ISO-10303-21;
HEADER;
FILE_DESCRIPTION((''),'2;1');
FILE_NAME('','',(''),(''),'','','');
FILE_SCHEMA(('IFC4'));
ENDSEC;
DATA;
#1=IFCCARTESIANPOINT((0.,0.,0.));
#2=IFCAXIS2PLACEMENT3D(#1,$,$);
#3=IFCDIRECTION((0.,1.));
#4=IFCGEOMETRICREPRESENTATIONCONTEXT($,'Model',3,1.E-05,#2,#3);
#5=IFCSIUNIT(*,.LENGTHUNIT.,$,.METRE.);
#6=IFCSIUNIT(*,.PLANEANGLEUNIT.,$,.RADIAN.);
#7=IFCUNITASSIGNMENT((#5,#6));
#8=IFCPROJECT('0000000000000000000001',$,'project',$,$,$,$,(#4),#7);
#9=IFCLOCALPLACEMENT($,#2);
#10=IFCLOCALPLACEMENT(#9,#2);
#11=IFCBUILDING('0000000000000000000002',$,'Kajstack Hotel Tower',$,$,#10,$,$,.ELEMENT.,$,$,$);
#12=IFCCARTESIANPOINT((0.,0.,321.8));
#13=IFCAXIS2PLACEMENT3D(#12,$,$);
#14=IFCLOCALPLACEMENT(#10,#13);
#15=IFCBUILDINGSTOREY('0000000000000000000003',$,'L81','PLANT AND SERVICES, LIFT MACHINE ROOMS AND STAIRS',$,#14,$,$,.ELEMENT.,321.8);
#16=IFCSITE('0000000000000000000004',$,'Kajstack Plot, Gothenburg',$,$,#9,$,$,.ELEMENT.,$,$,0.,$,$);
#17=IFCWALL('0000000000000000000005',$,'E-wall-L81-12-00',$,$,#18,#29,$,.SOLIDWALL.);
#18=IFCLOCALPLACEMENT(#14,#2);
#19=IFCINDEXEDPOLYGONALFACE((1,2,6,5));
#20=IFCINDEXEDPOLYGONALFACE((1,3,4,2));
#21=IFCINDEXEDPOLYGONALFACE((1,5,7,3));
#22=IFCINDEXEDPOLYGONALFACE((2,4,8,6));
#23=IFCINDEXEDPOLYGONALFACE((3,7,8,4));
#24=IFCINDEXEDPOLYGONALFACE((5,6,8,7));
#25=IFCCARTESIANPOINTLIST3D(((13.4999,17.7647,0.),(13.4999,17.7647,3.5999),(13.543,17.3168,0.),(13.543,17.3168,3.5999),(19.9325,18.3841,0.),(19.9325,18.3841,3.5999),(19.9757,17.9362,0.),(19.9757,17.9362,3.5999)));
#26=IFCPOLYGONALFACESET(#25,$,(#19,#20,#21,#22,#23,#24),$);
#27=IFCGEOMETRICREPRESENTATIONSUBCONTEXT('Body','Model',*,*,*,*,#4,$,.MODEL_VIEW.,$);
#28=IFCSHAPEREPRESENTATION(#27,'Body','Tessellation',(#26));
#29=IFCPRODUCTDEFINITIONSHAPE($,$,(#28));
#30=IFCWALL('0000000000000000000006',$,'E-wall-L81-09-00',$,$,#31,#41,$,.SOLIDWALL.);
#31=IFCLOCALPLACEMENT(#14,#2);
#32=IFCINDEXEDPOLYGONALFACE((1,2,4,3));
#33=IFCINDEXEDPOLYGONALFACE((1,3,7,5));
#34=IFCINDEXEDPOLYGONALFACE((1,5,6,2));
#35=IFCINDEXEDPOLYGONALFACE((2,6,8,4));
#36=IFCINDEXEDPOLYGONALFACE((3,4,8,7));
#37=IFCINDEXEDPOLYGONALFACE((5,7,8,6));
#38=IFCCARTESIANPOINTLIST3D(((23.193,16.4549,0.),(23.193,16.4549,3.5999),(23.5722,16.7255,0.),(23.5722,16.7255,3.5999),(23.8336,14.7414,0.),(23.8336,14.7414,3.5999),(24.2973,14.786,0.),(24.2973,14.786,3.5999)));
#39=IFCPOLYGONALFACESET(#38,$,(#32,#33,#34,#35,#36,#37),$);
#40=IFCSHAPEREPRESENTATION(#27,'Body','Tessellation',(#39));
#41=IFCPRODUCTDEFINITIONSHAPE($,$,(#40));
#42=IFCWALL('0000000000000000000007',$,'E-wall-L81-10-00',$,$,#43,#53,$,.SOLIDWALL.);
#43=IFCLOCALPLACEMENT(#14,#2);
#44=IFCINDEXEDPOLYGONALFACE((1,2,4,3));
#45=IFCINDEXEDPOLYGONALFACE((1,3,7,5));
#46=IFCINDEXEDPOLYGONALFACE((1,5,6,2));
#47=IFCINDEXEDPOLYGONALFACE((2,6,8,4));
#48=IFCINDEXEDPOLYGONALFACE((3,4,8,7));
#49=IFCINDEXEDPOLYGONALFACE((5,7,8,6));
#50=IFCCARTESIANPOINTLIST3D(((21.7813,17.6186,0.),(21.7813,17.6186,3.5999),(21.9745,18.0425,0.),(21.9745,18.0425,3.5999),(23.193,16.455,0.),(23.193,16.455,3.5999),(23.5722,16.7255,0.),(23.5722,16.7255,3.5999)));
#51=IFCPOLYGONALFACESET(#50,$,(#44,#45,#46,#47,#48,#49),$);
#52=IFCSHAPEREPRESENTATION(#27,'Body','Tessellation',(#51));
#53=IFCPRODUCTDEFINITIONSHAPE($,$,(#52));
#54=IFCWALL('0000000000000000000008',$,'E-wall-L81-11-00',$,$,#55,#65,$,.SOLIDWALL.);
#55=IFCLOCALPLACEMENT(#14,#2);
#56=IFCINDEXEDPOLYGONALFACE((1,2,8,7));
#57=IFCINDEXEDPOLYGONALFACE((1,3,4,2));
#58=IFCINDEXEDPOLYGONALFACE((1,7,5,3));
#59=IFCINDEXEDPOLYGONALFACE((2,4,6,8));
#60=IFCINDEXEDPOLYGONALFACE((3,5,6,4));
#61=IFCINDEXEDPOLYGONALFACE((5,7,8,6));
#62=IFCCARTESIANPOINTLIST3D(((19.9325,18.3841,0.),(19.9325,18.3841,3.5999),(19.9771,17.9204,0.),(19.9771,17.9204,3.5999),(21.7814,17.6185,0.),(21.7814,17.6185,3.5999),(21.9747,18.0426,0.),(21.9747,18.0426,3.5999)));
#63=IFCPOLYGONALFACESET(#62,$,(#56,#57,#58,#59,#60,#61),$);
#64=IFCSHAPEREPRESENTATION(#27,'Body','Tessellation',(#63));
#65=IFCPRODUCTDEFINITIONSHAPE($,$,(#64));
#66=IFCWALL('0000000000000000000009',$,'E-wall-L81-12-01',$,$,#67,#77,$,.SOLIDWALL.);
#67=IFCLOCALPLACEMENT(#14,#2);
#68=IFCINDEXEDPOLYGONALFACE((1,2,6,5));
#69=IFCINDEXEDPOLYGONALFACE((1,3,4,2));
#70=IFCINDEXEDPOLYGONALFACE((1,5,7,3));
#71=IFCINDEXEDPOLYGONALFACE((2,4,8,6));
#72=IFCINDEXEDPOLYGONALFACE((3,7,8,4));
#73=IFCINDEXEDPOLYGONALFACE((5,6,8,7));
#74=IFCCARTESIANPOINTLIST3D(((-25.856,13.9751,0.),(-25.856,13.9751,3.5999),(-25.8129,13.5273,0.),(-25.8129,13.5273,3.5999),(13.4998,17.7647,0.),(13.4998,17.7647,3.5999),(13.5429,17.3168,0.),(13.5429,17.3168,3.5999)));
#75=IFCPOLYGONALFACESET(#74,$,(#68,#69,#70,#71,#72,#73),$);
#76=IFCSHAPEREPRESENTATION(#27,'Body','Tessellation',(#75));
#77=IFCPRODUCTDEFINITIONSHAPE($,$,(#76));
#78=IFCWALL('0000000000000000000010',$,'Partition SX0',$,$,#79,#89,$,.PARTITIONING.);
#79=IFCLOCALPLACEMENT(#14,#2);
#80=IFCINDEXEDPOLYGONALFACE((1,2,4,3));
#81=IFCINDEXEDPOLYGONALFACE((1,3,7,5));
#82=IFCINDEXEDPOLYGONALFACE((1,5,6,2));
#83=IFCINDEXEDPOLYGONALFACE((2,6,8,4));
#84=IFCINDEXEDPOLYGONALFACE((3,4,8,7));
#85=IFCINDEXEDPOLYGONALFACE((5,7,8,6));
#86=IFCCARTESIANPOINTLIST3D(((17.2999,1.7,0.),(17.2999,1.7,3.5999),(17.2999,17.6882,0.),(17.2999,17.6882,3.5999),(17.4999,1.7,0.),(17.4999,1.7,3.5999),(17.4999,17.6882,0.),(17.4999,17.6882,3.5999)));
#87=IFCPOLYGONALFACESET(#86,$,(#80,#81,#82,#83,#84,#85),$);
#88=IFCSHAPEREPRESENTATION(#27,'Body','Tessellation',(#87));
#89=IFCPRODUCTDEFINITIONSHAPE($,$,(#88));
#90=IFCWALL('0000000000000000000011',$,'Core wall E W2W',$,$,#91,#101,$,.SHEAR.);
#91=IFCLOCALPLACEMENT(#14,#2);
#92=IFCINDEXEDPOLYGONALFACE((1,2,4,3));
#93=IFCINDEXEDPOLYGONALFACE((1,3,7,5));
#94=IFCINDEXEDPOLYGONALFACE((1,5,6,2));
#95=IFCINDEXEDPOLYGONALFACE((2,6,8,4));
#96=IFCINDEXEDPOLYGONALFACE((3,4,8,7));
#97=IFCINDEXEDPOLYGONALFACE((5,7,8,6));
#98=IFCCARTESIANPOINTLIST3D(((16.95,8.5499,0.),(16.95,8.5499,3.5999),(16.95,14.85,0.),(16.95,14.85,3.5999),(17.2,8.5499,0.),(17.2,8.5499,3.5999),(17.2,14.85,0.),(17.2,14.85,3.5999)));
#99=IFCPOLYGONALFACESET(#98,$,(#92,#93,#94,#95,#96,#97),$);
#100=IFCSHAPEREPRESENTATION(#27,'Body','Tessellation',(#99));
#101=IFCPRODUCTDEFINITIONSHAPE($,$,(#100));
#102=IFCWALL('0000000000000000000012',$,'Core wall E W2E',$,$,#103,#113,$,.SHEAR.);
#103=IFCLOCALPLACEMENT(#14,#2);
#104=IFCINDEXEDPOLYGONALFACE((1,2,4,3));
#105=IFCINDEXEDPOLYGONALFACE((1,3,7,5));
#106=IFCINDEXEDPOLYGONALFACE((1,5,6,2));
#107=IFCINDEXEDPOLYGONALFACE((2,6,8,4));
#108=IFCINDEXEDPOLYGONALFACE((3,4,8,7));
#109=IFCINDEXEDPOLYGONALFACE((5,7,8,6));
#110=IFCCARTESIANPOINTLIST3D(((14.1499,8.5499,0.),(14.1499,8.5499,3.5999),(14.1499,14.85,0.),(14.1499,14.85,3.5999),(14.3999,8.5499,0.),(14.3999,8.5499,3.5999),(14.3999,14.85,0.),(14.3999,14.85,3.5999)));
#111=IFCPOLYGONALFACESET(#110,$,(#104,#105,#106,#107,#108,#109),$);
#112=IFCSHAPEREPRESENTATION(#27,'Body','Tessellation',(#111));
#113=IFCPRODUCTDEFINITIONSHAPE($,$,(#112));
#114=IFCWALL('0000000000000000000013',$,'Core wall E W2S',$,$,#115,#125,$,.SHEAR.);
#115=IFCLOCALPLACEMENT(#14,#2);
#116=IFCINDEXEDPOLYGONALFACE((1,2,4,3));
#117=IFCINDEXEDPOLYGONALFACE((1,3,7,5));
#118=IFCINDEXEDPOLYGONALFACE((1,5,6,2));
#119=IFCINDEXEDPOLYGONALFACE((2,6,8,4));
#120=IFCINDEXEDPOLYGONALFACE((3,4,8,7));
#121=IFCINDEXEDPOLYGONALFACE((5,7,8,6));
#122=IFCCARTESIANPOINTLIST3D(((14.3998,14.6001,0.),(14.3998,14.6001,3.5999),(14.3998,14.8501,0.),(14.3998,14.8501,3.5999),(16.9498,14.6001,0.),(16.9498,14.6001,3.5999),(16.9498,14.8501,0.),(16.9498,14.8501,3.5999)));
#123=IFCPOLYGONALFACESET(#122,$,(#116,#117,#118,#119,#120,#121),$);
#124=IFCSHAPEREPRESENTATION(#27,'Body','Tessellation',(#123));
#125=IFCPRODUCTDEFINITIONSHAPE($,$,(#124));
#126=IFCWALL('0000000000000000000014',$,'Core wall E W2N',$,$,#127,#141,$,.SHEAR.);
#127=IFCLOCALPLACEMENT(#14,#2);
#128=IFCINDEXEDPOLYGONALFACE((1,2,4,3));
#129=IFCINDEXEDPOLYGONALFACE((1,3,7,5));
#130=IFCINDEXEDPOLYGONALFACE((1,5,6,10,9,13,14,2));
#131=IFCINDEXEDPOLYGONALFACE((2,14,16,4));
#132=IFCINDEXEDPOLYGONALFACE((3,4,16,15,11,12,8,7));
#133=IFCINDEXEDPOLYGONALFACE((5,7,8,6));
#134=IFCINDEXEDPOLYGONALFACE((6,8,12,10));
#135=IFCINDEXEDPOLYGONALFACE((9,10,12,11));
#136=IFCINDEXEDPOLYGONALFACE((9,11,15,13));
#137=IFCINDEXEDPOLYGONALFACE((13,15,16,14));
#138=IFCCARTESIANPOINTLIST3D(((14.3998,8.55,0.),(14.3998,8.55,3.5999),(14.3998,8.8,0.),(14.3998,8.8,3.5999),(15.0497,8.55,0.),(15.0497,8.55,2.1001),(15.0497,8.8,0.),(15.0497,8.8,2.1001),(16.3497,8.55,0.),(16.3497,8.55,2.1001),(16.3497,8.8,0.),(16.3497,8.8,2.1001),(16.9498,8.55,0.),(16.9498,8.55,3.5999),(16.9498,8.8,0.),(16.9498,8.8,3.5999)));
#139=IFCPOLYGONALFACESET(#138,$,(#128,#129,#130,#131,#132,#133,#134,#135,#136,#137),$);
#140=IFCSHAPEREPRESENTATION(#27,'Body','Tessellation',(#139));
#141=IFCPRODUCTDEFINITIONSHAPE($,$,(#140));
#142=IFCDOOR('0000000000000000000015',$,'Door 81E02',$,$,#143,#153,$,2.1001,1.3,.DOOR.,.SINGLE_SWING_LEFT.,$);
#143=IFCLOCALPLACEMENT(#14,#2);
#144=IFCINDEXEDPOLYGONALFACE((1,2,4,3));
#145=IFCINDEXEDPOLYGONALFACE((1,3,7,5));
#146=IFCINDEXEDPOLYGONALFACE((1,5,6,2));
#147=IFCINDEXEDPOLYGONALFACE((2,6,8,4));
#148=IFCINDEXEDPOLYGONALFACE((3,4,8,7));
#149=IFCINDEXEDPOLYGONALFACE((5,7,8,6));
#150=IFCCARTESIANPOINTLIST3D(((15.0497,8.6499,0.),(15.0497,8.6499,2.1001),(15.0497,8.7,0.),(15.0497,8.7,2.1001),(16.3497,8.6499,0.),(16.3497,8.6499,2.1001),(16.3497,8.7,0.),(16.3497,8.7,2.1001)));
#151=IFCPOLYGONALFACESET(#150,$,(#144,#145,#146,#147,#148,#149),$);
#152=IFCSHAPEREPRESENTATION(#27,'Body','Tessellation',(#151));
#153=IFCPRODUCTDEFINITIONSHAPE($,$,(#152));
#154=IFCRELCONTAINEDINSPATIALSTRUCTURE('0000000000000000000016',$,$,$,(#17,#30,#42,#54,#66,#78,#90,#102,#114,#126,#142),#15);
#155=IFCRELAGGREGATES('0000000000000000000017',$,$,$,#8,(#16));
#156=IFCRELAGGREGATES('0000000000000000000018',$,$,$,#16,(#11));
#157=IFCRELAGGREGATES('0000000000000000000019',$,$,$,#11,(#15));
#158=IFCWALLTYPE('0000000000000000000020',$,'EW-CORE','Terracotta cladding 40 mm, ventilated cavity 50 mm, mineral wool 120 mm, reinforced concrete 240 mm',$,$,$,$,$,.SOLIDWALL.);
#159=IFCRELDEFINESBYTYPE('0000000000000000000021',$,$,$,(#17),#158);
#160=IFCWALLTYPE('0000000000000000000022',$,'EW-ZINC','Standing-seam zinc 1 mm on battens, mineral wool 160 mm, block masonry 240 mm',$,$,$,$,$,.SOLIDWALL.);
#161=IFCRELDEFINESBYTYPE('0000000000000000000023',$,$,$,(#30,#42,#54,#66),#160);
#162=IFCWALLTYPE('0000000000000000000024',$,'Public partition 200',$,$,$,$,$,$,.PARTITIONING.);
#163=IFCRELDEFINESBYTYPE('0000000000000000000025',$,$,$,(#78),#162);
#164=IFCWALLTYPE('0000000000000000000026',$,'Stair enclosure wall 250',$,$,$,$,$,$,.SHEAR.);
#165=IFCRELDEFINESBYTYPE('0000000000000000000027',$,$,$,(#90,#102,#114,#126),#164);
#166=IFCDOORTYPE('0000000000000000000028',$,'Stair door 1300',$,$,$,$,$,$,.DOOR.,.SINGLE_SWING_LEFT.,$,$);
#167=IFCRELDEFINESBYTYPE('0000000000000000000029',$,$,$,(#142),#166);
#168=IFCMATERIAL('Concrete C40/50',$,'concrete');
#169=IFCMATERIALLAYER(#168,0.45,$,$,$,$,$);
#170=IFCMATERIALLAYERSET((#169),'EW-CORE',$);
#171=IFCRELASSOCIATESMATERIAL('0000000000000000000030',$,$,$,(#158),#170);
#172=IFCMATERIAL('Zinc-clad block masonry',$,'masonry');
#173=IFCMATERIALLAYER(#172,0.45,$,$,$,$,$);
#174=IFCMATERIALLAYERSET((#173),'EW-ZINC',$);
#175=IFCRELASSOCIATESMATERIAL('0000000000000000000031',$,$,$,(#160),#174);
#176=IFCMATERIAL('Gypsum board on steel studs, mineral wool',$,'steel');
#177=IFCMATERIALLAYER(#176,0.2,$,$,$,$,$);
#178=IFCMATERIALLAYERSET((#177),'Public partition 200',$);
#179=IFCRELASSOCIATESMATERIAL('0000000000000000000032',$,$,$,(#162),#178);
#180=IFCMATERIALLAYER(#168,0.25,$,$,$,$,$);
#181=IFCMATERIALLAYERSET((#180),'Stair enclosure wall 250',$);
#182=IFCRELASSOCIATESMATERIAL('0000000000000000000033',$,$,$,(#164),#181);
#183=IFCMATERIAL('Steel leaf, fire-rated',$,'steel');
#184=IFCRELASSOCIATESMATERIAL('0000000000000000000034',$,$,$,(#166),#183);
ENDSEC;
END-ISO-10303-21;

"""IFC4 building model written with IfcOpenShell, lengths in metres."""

from ifc_helpers import new_model, si_unit, direction, frame, frame_2d, origin, place, context, subcontext, project, spatial, polyline, rectangle, outline, extrude, material, layer, layer_set, type_object, element, fill, save


model = new_model("IFC4")

# Units and contexts
model_context = context("Model", 3, precision=1e-05, world=origin(), true_north=direction((0.0, 1.0)))
body_context = subcontext(model_context, "Body", "Model", "MODEL_VIEW")
ifc_project = project(units=[si_unit("LENGTHUNIT", "METRE"), si_unit("PLANEANGLEUNIT", "RADIAN")], contexts=[model_context])

# Site, building, storey
site_placement = place(None, origin())
site = spatial("IfcSite", under=ifc_project, at=site_placement, Name="Kajstack Plot, Gothenburg", CompositionType="ELEMENT", RefElevation=0.0)
building_placement = place(site_placement, origin())
building = spatial("IfcBuilding", under=site, at=building_placement, Name="Kajstack Hotel Tower", CompositionType="ELEMENT")
storey_placement = place(building_placement, frame((0.0, 0.0, 321.8)))
storey = spatial("IfcBuildingStorey", under=building, at=storey_placement, Name="L81", Description="PLANT AND SERVICES, LIFT MACHINE ROOMS AND STAIRS", CompositionType="ELEMENT", Elevation=321.8)

# Walls
ifc_material_1 = material(Name="Concrete C40/50", Category="concrete")
ifc_layer_1 = layer(ifc_material_1, 0.45)
ifc_layer_set_1 = layer_set([ifc_layer_1], Name="EW-CORE")
wall_type_1 = type_object("IfcWallType", Name="EW-CORE", Description="Terracotta cladding 40 mm, ventilated cavity 50 mm, mineral wool 120 mm, reinforced concrete 240 mm", PredefinedType="SOLIDWALL", material=ifc_layer_set_1)
wall_1_placement = place(storey_placement, frame((19.9541, 18.1602, 0.0), z_axis=(0.0, 0.0, 1.0), x_axis=(-0.995396, -0.095845, 0.0)))
element("IfcWall", 1, at=wall_1_placement, inside=storey, type_object=wall_type_1, Name="E-wall-L81-12-00", PredefinedType="SOLIDWALL", context=body_context, shape_type="SweptSolid", body=[
    extrude(rectangle(XDim=6.4624, YDim=0.45, at=frame_2d((3.2312, 0.0))), origin(), (0.0, 0.0, 1.0), 3.5999),
])
ifc_material_2 = material(Name="Zinc-clad block masonry", Category="masonry")
ifc_layer_2 = layer(ifc_material_2, 0.45)
ifc_layer_set_2 = layer_set([ifc_layer_2], Name="EW-ZINC")
wall_type_2 = type_object("IfcWallType", Name="EW-ZINC", Description="Standing-seam zinc 1 mm on battens, mineral wool 160 mm, block masonry 240 mm", PredefinedType="SOLIDWALL", material=ifc_layer_set_2)
for number, where, z_axis, x_axis, name in (
    (2, (24.0867, 14.7073, 0.0), (0.0, 0.0, 1.0), (-0.350193, 0.936678, 0.0), "E-wall-L81-09-00"),
    (3, (23.4292, 16.552, 0.0), (0.0, 0.0, 1.0), (-0.771651, 0.636046, 0.0), "E-wall-L81-10-00"),
):
    element("IfcWall", number, at=place(storey_placement, frame(where, z_axis=z_axis, x_axis=x_axis)), inside=storey, type_object=wall_type_2, Name=name, PredefinedType="SOLIDWALL", context=body_context, shape_type="SweptSolid", body=[
        extrude(outline(polyline([(0.0, -0.2249), (2.0706, -0.2249), (1.95, 0.2251), (0.1206, 0.2251), (0.0, -0.2249)])), origin(), (0.0, 0.0, 1.0), 3.5999),
    ])
wall_2_placement = place(storey_placement, frame((21.9375, 17.8206, 0.0), z_axis=(0.0, 0.0, 1.0), x_axis=(-0.986282, 0.165068, 0.0)))
element("IfcWall", 4, at=wall_2_placement, inside=storey, type_object=wall_type_2, Name="E-wall-L81-11-00", PredefinedType="SOLIDWALL", context=body_context, shape_type="SweptSolid", body=[
    extrude(outline(polyline([(0.0, -0.2251), (2.0706, -0.2249), (1.95, 0.2251), (0.1206, 0.2251), (0.0, -0.2251)])), origin(), (0.0, 0.0, 1.0), 3.5999),
])
wall_3_placement = place(storey_placement, frame((13.5215, 17.5408, 0.0), z_axis=(0.0, 0.0, 1.0), x_axis=(-0.995396, -0.095846, 0.0)))
element("IfcWall", 5, at=wall_3_placement, inside=storey, type_object=wall_type_2, Name="E-wall-L81-12-01", PredefinedType="SOLIDWALL", context=body_context, shape_type="SweptSolid", body=[
    extrude(rectangle(XDim=39.5378, YDim=0.45, at=frame_2d((19.769, 0.0))), origin(), (0.0, 0.0, 1.0), 3.5999),
])
ifc_material_3 = material(Name="Gypsum board on steel studs, mineral wool", Category="steel")
ifc_layer_3 = layer(ifc_material_3, 0.2)
ifc_layer_set_3 = layer_set([ifc_layer_3], Name="Public partition 200")
wall_type_3 = type_object("IfcWallType", Name="Public partition 200", PredefinedType="PARTITIONING", material=ifc_layer_set_3)
wall_4_placement = place(storey_placement, frame((17.3999, 1.7, 0.0), z_axis=(0.0, 0.0, 1.0), x_axis=(0.0, 1.0, 0.0)))
element("IfcWall", 6, at=wall_4_placement, inside=storey, type_object=wall_type_3, Name="Partition SX0", PredefinedType="PARTITIONING", context=body_context, shape_type="SweptSolid", body=[
    extrude(rectangle(XDim=15.9883, YDim=0.2, at=frame_2d((7.9941, 0.0))), origin(), (0.0, 0.0, 1.0), 3.5999),
])
ifc_layer_4 = layer(ifc_material_1, 0.25)
ifc_layer_set_4 = layer_set([ifc_layer_4], Name="Stair enclosure wall 250")
wall_type_4 = type_object("IfcWallType", Name="Stair enclosure wall 250", PredefinedType="SHEAR", material=ifc_layer_set_4)
for number, where, z_axis, x_axis, name in (
    (7, (17.075, 8.55, 0.0), (0.0, 0.0, 1.0), (0.0, 1.0, 0.0), "Core wall E W2W"),
    (8, (14.2749, 8.55, 0.0), (0.0, 0.0, 1.0), (0.0, 1.0, 0.0), "Core wall E W2E"),
):
    element("IfcWall", number, at=place(storey_placement, frame(where, z_axis=z_axis, x_axis=x_axis)), inside=storey, type_object=wall_type_4, Name=name, PredefinedType="SHEAR", context=body_context, shape_type="SweptSolid", body=[
        extrude(rectangle(XDim=6.3, YDim=0.25, at=frame_2d((3.1499, 0.0))), origin(), (0.0, 0.0, 1.0), 3.5999),
    ])
wall_5_placement = place(storey_placement, frame((14.3999, 14.7251, 0.0), z_axis=(0.0, 0.0, 1.0), x_axis=(1.0, 0.0, 0.0)))
element("IfcWall", 9, at=wall_5_placement, inside=storey, type_object=wall_type_4, Name="Core wall E W2S", PredefinedType="SHEAR", context=body_context, shape_type="SweptSolid", body=[
    extrude(rectangle(XDim=2.55, YDim=0.25, at=frame_2d((1.2749, 0.0))), origin(), (0.0, 0.0, 1.0), 3.5999),
])

# Wall, opening, door
wall_6_placement = place(storey_placement, frame((14.3999, 8.675, 0.0), z_axis=(0.0, 0.0, 1.0), x_axis=(1.0, 0.0, 0.0)))
wall_6 = element("IfcWall", 10, at=wall_6_placement, inside=storey, type_object=wall_type_4, Name="Core wall E W2N", PredefinedType="SHEAR", context=body_context, shape_type="SweptSolid", body=[
    extrude(rectangle(XDim=2.55, YDim=0.25, at=frame_2d((1.2749, 0.0))), origin(), (0.0, 0.0, 1.0), 3.5999),
])
opening_placement = place(wall_6_placement, frame((0.6499, 0.0, 0.0)))
opening = element("IfcOpeningElement", 11, at=opening_placement, cuts=wall_6, PredefinedType="OPENING", context=body_context, shape_type="SweptSolid", body=[
    extrude(rectangle(XDim=1.3, YDim=2.1001, at=frame_2d((0.6499, 1.05))), frame((0.0, 0.135, 0.0), z_axis=(0.0, -1.0, 0.0), x_axis=(1.0, 0.0, 0.0)), (0.0, 0.0, 1.0), 0.27),
])
ifc_material_4 = material(Name="Steel leaf, fire-rated", Category="steel")
door_type = type_object("IfcDoorType", Name="Stair door 1300", OperationType="SINGLE_SWING_LEFT", PredefinedType="DOOR", material=ifc_material_4)
door_placement = place(opening_placement, origin())
door = element("IfcDoor", 12, at=door_placement, inside=storey, type_object=door_type, Name="Door 81E02", OperationType="SINGLE_SWING_LEFT", OverallHeight=2.1001, OverallWidth=1.3, PredefinedType="DOOR", context=body_context, shape_type="SweptSolid", body=[
    extrude(rectangle(XDim=1.3, YDim=2.1001, at=frame_2d((0.6499, 1.05))), frame((0.0, 0.0249, 0.0), z_axis=(0.0, -1.0, 0.0), x_axis=(1.0, 0.0, 0.0)), (0.0, 0.0, 1.0), 0.05),
])
fill(opening, door)

save(model, "model.ifc")
